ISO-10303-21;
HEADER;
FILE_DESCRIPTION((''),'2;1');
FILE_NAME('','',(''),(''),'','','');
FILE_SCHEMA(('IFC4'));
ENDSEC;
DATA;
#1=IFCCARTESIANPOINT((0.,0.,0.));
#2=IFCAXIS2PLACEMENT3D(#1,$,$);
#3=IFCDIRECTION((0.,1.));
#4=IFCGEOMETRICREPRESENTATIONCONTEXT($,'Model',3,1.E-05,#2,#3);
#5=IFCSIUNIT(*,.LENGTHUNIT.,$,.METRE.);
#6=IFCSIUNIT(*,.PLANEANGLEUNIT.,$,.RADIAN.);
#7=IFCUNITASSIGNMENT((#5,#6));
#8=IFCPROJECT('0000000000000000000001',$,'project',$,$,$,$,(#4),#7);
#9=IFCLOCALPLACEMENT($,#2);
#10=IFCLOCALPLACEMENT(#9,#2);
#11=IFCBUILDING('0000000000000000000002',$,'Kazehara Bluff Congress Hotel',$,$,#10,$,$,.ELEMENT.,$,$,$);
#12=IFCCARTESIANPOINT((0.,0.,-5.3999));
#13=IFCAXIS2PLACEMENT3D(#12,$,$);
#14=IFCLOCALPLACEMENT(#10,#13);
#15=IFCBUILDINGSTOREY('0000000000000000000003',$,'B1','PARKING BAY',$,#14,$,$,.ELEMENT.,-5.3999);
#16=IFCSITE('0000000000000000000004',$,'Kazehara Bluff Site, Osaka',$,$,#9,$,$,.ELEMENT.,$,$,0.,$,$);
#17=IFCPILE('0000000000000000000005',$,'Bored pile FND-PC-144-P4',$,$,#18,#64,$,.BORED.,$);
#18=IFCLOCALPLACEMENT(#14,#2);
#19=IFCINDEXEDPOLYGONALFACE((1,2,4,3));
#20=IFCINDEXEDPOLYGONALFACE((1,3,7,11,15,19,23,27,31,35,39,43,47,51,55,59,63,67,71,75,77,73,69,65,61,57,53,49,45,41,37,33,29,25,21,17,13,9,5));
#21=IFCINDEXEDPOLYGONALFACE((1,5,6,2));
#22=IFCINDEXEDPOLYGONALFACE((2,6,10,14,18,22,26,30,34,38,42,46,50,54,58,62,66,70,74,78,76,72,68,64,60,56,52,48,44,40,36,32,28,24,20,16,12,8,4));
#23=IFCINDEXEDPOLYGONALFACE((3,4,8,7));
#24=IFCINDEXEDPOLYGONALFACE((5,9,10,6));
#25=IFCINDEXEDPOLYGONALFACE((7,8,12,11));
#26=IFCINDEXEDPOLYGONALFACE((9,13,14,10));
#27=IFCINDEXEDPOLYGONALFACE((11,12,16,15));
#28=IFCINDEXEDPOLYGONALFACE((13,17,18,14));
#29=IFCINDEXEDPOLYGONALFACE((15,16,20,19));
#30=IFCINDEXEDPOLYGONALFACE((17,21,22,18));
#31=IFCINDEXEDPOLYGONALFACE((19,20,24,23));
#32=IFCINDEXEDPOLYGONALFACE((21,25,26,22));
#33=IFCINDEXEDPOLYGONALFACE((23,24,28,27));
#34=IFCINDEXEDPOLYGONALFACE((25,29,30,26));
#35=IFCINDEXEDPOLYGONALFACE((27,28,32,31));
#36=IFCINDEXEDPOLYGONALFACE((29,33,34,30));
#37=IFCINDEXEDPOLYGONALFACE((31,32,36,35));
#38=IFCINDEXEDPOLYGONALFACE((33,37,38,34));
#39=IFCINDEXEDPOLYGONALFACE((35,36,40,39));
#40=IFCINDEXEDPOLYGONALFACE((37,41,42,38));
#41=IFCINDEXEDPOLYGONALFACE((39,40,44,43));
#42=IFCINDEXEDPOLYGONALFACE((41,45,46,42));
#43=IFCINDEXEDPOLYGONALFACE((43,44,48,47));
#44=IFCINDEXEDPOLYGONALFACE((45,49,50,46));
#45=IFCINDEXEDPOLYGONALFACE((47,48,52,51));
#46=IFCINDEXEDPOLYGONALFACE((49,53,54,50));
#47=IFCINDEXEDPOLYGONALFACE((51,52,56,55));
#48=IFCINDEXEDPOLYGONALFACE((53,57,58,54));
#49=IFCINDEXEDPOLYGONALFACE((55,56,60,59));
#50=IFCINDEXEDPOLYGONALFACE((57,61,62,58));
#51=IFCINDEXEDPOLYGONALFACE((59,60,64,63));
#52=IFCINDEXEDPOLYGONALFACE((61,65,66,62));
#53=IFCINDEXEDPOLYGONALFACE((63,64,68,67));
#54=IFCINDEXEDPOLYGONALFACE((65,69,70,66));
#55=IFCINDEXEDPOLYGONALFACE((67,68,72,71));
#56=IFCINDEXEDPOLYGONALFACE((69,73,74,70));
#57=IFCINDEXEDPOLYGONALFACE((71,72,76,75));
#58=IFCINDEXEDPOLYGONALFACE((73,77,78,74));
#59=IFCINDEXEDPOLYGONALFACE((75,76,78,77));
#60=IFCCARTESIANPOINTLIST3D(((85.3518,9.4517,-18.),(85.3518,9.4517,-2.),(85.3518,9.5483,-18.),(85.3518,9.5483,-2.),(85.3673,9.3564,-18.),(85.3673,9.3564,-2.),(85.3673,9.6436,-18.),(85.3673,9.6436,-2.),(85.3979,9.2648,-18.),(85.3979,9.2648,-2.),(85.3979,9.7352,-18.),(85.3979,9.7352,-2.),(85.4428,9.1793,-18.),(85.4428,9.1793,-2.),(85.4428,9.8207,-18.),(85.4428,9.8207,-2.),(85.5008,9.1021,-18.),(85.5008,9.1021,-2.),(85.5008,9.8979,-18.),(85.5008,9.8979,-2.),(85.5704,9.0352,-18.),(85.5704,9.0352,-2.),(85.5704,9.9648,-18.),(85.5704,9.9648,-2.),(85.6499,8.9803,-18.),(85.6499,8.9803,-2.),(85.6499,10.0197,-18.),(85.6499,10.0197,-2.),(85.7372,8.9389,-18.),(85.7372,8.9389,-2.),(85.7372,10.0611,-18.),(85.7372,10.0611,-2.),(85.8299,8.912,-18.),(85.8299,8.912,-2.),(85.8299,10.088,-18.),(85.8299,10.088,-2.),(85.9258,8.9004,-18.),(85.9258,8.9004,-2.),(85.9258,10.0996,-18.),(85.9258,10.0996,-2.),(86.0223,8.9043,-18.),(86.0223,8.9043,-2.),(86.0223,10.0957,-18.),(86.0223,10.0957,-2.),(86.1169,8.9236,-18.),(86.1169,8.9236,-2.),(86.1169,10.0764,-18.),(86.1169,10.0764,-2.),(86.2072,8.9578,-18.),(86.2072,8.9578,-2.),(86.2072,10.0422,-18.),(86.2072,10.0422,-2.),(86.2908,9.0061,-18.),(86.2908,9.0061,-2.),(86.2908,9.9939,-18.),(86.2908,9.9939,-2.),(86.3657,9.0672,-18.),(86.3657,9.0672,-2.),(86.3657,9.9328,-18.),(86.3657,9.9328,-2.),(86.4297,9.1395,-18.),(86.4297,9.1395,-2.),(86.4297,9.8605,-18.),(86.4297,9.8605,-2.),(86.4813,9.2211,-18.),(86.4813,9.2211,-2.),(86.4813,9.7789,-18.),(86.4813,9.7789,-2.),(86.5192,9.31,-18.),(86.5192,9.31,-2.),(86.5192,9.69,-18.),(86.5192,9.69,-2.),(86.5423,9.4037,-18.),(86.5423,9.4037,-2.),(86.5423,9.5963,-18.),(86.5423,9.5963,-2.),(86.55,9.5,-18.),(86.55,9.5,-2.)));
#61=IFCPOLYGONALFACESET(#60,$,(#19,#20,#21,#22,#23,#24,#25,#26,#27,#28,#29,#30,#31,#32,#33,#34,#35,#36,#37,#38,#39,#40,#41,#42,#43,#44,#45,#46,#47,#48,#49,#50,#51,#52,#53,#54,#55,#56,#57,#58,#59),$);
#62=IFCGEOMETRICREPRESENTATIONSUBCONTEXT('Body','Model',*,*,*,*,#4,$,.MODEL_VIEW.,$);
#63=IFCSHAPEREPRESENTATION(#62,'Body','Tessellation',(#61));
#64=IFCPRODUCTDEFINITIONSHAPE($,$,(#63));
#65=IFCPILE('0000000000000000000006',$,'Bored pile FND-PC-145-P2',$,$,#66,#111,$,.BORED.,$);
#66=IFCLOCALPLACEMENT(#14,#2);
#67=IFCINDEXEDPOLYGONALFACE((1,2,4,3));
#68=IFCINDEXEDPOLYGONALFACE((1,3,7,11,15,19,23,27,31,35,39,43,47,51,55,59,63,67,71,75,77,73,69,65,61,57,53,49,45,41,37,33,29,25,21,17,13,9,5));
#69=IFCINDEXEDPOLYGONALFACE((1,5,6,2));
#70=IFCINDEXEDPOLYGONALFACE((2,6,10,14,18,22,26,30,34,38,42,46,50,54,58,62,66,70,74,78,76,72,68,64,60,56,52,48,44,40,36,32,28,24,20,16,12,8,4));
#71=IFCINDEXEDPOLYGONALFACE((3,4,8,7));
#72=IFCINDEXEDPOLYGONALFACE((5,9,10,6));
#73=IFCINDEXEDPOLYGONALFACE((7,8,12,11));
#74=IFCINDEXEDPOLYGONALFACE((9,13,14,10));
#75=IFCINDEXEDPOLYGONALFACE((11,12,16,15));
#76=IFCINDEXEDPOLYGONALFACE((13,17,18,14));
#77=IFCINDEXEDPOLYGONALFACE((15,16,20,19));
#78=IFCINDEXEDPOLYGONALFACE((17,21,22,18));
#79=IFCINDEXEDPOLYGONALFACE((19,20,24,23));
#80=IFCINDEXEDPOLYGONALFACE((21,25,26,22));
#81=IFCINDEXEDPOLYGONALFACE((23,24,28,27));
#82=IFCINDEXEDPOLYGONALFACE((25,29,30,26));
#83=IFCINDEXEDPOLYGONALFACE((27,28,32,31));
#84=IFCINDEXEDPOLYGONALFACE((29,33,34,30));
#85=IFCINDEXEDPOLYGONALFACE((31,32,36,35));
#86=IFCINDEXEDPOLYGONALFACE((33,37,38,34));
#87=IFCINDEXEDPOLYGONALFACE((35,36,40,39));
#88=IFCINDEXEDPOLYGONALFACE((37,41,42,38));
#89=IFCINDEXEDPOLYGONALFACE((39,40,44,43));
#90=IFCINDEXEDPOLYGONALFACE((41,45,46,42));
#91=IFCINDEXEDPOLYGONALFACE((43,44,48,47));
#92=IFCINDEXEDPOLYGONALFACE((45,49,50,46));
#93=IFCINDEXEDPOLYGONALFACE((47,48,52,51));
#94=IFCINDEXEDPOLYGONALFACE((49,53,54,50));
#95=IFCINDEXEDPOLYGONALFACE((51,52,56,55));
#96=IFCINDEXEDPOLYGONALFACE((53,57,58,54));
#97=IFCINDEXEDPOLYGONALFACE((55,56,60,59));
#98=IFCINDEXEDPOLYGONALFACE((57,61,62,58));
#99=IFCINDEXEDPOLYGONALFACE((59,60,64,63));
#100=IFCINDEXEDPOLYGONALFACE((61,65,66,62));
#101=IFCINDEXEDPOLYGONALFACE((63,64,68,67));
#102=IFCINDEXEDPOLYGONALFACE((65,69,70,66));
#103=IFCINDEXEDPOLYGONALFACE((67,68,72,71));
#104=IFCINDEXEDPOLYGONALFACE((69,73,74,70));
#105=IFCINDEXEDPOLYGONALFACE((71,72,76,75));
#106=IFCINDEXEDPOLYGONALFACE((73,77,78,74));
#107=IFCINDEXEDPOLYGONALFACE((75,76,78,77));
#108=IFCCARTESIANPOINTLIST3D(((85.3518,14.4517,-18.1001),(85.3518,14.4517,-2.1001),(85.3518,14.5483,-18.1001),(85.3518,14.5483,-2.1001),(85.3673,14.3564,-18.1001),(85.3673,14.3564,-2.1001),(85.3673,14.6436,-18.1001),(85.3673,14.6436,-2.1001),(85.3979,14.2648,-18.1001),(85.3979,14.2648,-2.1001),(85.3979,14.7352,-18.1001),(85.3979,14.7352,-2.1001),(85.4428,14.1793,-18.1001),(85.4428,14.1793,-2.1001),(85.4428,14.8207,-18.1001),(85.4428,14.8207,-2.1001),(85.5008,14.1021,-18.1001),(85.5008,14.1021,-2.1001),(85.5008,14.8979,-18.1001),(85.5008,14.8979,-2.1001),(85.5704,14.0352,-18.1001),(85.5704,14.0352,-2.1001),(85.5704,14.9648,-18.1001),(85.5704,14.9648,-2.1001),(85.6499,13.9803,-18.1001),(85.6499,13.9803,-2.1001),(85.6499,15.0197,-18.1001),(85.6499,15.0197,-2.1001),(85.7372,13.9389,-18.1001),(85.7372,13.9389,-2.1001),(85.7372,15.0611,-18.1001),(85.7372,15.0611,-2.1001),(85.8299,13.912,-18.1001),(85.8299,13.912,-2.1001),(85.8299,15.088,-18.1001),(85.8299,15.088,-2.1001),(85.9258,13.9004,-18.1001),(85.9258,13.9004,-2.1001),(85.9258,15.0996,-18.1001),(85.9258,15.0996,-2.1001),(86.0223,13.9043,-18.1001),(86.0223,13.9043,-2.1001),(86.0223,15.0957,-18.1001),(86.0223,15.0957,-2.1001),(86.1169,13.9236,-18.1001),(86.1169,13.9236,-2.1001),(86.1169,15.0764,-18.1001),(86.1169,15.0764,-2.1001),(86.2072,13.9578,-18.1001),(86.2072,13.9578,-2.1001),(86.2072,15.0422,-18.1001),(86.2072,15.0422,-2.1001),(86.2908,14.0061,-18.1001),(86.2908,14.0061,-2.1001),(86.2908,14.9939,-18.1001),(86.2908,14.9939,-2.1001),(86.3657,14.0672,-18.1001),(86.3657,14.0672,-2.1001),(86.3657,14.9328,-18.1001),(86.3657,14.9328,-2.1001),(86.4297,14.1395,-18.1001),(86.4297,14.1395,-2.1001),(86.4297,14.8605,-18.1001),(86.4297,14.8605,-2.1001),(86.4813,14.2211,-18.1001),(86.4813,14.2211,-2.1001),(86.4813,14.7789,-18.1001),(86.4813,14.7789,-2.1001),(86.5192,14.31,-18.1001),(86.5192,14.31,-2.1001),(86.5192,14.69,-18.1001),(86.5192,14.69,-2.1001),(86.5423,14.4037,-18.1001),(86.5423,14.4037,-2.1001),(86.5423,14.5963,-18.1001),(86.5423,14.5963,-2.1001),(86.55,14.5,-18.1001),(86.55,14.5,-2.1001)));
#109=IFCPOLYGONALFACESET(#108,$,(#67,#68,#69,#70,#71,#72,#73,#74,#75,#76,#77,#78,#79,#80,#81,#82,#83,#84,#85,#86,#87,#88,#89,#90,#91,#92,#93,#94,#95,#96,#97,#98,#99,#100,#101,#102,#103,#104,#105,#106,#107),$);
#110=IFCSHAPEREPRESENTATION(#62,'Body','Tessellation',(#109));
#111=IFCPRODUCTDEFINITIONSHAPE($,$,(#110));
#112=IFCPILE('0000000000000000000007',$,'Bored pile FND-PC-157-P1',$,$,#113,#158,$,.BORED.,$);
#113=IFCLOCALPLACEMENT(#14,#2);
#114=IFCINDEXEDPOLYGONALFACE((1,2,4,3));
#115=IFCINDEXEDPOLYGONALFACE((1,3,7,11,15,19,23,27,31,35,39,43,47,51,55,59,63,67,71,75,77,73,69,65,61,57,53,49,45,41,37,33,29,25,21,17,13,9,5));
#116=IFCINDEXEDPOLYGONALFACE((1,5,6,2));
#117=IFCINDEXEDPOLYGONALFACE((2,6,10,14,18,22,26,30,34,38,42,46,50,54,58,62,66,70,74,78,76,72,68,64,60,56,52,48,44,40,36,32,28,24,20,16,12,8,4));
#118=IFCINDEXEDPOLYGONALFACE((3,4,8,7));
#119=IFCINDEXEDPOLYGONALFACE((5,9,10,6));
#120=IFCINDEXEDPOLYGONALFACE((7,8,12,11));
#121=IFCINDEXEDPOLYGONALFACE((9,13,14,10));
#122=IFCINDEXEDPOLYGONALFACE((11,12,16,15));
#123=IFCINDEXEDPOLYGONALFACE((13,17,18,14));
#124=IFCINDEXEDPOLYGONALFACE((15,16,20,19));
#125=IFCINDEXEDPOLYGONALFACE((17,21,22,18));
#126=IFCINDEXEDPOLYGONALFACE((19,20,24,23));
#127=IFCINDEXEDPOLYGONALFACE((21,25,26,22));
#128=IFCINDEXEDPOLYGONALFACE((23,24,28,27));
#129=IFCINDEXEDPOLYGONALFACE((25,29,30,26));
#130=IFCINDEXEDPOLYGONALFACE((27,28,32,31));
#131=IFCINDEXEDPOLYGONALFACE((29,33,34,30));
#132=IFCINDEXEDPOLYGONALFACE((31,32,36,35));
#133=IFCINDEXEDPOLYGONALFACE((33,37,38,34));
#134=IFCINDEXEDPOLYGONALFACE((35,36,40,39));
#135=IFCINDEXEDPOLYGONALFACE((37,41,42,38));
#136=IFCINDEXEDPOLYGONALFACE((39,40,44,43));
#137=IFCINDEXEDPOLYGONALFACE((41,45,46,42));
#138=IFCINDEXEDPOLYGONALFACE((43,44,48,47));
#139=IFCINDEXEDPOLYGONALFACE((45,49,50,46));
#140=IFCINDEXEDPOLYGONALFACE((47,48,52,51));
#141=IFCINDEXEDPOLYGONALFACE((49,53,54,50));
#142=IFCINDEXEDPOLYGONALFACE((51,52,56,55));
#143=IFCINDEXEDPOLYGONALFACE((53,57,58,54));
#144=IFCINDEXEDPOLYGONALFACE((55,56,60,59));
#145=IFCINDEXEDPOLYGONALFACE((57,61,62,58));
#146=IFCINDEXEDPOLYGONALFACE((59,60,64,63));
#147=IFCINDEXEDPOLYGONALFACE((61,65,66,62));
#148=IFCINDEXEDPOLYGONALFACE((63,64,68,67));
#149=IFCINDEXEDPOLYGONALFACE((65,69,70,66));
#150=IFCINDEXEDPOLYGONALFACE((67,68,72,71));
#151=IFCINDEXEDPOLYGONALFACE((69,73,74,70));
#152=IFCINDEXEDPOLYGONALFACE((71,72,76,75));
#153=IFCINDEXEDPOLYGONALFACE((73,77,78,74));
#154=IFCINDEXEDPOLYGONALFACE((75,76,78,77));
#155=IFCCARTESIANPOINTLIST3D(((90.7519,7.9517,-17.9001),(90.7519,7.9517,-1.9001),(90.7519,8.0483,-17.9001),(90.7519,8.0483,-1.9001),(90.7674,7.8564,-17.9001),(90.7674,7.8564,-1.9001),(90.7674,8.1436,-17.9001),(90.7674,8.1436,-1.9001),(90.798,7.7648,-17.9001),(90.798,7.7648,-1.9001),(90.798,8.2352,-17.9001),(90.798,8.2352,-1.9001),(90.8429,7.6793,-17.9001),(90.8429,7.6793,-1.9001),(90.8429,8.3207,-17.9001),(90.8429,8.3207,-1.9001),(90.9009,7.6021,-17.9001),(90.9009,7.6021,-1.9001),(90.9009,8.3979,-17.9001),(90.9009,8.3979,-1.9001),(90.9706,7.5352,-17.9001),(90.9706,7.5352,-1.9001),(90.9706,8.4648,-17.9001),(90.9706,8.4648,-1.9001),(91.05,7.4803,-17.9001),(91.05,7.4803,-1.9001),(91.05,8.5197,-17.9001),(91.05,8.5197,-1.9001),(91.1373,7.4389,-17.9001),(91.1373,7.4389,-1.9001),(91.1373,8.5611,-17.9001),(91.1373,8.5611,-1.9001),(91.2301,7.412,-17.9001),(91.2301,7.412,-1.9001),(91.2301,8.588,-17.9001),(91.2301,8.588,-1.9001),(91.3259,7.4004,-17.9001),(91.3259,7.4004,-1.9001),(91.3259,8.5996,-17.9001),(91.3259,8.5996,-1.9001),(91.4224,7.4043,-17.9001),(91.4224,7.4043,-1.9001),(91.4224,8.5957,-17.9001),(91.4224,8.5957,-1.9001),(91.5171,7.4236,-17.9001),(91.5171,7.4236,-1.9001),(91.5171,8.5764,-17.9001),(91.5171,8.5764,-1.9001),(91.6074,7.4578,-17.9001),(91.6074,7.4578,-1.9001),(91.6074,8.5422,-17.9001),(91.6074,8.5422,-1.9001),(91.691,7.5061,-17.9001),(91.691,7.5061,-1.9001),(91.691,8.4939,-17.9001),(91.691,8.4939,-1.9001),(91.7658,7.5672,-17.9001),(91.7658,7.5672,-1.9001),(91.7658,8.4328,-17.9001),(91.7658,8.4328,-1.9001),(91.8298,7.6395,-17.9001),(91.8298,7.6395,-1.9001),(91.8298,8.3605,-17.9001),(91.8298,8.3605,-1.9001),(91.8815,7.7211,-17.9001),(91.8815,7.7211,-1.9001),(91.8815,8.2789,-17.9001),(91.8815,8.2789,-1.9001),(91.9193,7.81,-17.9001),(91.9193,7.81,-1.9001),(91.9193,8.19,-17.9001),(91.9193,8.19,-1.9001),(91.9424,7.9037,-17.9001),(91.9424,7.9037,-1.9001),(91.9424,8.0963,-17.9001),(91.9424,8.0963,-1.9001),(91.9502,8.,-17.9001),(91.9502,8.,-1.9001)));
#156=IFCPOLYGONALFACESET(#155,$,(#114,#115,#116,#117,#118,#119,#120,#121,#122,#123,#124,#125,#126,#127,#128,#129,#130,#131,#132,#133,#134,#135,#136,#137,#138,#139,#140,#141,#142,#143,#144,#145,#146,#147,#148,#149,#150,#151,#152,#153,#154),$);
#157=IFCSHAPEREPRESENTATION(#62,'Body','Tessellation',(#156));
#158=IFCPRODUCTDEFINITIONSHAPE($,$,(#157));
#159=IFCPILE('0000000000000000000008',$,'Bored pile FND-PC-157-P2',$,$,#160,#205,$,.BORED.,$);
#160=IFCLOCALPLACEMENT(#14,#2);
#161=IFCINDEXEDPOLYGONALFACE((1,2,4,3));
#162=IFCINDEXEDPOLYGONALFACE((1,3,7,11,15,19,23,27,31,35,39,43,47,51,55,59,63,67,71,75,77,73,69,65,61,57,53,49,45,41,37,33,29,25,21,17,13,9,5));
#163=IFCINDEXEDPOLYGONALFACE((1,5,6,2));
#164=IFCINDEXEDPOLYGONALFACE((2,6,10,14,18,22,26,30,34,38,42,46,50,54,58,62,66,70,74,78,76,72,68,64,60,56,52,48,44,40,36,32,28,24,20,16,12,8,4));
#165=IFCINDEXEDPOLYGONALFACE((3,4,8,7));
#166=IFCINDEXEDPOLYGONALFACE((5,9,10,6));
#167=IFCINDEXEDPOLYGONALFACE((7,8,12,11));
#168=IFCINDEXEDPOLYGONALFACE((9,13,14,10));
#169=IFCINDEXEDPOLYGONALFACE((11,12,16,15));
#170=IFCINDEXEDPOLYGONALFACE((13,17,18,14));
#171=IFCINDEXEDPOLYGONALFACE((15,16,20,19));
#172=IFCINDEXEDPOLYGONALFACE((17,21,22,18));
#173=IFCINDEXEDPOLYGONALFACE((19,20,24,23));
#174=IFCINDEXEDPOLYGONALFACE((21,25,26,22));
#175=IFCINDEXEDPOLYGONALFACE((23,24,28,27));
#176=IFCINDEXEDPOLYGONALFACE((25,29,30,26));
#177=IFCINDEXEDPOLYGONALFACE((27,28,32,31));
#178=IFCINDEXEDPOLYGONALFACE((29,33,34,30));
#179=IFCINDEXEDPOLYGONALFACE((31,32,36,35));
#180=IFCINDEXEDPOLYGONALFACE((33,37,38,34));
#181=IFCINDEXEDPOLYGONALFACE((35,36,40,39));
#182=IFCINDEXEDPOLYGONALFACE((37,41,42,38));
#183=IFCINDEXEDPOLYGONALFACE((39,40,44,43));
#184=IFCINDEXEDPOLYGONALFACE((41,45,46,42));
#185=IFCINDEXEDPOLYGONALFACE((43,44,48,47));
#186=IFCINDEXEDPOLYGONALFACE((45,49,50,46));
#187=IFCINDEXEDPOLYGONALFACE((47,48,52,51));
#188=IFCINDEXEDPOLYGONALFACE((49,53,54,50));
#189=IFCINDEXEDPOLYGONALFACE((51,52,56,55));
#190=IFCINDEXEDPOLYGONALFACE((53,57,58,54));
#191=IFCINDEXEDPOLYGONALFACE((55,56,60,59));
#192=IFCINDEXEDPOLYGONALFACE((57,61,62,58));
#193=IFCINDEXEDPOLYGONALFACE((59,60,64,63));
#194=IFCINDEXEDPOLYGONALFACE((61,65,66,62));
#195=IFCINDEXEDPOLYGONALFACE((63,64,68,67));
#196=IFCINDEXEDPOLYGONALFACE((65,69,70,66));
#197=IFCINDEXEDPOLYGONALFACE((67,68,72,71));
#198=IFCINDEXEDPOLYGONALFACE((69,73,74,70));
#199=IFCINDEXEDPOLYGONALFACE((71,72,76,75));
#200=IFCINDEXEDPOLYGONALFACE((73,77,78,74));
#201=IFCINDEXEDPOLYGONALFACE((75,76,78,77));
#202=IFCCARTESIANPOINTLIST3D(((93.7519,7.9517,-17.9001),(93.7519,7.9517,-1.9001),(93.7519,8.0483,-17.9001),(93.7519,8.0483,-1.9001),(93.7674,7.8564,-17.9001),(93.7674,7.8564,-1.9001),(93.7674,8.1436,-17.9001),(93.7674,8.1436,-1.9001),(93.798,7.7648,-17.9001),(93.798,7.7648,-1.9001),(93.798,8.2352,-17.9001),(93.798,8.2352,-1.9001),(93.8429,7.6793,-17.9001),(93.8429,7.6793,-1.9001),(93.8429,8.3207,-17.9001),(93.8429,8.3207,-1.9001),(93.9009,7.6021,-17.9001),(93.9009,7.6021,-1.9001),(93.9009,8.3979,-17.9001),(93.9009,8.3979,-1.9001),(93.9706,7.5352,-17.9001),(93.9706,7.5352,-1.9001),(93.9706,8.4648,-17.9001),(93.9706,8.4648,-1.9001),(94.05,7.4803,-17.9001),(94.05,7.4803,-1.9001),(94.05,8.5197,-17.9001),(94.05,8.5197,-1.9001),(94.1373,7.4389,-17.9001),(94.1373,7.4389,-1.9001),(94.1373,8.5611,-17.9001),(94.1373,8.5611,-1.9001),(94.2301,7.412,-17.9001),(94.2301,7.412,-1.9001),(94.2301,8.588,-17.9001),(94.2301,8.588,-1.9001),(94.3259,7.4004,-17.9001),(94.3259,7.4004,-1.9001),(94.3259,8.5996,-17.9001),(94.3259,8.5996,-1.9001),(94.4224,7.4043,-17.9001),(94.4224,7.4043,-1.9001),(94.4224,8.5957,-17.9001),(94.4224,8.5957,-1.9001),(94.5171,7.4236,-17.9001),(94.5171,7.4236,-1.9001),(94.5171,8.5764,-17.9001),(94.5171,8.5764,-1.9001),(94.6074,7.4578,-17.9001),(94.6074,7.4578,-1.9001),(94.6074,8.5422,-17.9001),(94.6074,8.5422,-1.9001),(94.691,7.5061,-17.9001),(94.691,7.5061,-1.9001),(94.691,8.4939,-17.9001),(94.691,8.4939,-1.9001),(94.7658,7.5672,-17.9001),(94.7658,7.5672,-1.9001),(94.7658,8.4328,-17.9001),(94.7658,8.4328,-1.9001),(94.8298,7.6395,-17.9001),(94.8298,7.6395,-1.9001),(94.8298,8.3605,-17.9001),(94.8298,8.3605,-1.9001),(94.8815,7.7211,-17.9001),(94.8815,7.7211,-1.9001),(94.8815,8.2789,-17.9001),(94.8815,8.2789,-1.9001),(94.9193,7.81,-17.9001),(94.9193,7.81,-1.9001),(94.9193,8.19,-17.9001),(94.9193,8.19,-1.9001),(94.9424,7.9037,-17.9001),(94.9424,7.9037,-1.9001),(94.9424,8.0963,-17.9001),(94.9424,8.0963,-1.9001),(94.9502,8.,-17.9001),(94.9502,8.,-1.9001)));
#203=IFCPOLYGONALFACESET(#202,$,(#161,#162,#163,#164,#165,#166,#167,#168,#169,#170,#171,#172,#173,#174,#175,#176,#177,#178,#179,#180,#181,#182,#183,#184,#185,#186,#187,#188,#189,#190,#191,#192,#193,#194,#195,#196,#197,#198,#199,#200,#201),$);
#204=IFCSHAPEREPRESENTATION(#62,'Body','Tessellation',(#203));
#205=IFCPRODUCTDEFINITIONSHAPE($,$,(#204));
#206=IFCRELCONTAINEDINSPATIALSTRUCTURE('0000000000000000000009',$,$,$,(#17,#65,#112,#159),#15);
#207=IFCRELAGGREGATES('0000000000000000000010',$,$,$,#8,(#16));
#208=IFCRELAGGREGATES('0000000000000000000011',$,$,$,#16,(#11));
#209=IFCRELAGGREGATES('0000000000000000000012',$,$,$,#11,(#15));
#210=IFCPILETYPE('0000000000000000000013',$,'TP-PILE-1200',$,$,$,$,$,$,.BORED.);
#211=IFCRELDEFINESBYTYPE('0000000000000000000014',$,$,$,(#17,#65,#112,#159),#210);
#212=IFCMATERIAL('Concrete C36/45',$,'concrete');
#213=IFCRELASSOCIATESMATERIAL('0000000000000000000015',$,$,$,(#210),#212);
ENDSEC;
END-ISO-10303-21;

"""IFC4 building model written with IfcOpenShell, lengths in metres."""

from ifc_helpers import new_model, si_unit, direction, frame, origin, origin_2d, place, context, subcontext, project, spatial, circle, extrude, material, material_profile, profile_set, type_object, element, save


model = new_model("IFC4")

# Units and contexts
model_context = context("Model", 3, precision=1e-05, world=origin(), true_north=direction((0.0, 1.0)))
body_context = subcontext(model_context, "Body", "Model", "MODEL_VIEW")
ifc_project = project(units=[si_unit("LENGTHUNIT", "METRE"), si_unit("PLANEANGLEUNIT", "RADIAN")], contexts=[model_context])

# Site, building, storey
site_placement = place(None, origin())
site = spatial("IfcSite", under=ifc_project, at=site_placement, Name="Kazehara Bluff Site, Osaka", CompositionType="ELEMENT", RefElevation=0.0)
building_placement = place(site_placement, origin())
building = spatial("IfcBuilding", under=site, at=building_placement, Name="Kazehara Bluff Congress Hotel", CompositionType="ELEMENT")
storey_placement = place(building_placement, frame((0.0, 0.0, -5.3999)))
storey = spatial("IfcBuildingStorey", under=building, at=storey_placement, Name="B1", Description="PARKING BAY", CompositionType="ELEMENT", Elevation=-5.3999)

# Piles
ifc_material_1 = material(Name="Concrete C36/45", Category="concrete")
ifc_material_profile_1 = material_profile(ifc_material_1, circle(Radius=0.6001, at=origin_2d()))
ifc_profile_set_1 = profile_set([ifc_material_profile_1], Name="Concrete C36/45")
pile_type = type_object("IfcPileType", Name="TP-PILE-1200", PredefinedType="BORED", material=ifc_profile_set_1)
for number, where, z_axis, x_axis, name in (
    (1, (85.95, 9.5, -2.0), (0.0, 0.0, -1.0), (1.0, 0.0, 0.0), "Bored pile FND-PC-144-P4"),
    (2, (85.95, 14.5, -2.1001), (0.0, 0.0, -1.0), (1.0, 0.0, 0.0), "Bored pile FND-PC-145-P2"),
    (3, (91.3501, 8.0, -1.9001), (0.0, 0.0, -1.0), (1.0, 0.0, 0.0), "Bored pile FND-PC-157-P1"),
    (4, (94.3501, 8.0, -1.9001), (0.0, 0.0, -1.0), (1.0, 0.0, 0.0), "Bored pile FND-PC-157-P2"),
):
    element("IfcPile", number, at=place(storey_placement, frame(where, z_axis=z_axis, x_axis=x_axis)), inside=storey, type_object=pile_type, Name=name, PredefinedType="BORED", context=body_context, shape_type="SweptSolid", body=[
        extrude(circle(Radius=0.6001, at=origin_2d()), origin(), (0.0, 0.0, 1.0), 16.0),
    ])

save(model, "model.ifc")
